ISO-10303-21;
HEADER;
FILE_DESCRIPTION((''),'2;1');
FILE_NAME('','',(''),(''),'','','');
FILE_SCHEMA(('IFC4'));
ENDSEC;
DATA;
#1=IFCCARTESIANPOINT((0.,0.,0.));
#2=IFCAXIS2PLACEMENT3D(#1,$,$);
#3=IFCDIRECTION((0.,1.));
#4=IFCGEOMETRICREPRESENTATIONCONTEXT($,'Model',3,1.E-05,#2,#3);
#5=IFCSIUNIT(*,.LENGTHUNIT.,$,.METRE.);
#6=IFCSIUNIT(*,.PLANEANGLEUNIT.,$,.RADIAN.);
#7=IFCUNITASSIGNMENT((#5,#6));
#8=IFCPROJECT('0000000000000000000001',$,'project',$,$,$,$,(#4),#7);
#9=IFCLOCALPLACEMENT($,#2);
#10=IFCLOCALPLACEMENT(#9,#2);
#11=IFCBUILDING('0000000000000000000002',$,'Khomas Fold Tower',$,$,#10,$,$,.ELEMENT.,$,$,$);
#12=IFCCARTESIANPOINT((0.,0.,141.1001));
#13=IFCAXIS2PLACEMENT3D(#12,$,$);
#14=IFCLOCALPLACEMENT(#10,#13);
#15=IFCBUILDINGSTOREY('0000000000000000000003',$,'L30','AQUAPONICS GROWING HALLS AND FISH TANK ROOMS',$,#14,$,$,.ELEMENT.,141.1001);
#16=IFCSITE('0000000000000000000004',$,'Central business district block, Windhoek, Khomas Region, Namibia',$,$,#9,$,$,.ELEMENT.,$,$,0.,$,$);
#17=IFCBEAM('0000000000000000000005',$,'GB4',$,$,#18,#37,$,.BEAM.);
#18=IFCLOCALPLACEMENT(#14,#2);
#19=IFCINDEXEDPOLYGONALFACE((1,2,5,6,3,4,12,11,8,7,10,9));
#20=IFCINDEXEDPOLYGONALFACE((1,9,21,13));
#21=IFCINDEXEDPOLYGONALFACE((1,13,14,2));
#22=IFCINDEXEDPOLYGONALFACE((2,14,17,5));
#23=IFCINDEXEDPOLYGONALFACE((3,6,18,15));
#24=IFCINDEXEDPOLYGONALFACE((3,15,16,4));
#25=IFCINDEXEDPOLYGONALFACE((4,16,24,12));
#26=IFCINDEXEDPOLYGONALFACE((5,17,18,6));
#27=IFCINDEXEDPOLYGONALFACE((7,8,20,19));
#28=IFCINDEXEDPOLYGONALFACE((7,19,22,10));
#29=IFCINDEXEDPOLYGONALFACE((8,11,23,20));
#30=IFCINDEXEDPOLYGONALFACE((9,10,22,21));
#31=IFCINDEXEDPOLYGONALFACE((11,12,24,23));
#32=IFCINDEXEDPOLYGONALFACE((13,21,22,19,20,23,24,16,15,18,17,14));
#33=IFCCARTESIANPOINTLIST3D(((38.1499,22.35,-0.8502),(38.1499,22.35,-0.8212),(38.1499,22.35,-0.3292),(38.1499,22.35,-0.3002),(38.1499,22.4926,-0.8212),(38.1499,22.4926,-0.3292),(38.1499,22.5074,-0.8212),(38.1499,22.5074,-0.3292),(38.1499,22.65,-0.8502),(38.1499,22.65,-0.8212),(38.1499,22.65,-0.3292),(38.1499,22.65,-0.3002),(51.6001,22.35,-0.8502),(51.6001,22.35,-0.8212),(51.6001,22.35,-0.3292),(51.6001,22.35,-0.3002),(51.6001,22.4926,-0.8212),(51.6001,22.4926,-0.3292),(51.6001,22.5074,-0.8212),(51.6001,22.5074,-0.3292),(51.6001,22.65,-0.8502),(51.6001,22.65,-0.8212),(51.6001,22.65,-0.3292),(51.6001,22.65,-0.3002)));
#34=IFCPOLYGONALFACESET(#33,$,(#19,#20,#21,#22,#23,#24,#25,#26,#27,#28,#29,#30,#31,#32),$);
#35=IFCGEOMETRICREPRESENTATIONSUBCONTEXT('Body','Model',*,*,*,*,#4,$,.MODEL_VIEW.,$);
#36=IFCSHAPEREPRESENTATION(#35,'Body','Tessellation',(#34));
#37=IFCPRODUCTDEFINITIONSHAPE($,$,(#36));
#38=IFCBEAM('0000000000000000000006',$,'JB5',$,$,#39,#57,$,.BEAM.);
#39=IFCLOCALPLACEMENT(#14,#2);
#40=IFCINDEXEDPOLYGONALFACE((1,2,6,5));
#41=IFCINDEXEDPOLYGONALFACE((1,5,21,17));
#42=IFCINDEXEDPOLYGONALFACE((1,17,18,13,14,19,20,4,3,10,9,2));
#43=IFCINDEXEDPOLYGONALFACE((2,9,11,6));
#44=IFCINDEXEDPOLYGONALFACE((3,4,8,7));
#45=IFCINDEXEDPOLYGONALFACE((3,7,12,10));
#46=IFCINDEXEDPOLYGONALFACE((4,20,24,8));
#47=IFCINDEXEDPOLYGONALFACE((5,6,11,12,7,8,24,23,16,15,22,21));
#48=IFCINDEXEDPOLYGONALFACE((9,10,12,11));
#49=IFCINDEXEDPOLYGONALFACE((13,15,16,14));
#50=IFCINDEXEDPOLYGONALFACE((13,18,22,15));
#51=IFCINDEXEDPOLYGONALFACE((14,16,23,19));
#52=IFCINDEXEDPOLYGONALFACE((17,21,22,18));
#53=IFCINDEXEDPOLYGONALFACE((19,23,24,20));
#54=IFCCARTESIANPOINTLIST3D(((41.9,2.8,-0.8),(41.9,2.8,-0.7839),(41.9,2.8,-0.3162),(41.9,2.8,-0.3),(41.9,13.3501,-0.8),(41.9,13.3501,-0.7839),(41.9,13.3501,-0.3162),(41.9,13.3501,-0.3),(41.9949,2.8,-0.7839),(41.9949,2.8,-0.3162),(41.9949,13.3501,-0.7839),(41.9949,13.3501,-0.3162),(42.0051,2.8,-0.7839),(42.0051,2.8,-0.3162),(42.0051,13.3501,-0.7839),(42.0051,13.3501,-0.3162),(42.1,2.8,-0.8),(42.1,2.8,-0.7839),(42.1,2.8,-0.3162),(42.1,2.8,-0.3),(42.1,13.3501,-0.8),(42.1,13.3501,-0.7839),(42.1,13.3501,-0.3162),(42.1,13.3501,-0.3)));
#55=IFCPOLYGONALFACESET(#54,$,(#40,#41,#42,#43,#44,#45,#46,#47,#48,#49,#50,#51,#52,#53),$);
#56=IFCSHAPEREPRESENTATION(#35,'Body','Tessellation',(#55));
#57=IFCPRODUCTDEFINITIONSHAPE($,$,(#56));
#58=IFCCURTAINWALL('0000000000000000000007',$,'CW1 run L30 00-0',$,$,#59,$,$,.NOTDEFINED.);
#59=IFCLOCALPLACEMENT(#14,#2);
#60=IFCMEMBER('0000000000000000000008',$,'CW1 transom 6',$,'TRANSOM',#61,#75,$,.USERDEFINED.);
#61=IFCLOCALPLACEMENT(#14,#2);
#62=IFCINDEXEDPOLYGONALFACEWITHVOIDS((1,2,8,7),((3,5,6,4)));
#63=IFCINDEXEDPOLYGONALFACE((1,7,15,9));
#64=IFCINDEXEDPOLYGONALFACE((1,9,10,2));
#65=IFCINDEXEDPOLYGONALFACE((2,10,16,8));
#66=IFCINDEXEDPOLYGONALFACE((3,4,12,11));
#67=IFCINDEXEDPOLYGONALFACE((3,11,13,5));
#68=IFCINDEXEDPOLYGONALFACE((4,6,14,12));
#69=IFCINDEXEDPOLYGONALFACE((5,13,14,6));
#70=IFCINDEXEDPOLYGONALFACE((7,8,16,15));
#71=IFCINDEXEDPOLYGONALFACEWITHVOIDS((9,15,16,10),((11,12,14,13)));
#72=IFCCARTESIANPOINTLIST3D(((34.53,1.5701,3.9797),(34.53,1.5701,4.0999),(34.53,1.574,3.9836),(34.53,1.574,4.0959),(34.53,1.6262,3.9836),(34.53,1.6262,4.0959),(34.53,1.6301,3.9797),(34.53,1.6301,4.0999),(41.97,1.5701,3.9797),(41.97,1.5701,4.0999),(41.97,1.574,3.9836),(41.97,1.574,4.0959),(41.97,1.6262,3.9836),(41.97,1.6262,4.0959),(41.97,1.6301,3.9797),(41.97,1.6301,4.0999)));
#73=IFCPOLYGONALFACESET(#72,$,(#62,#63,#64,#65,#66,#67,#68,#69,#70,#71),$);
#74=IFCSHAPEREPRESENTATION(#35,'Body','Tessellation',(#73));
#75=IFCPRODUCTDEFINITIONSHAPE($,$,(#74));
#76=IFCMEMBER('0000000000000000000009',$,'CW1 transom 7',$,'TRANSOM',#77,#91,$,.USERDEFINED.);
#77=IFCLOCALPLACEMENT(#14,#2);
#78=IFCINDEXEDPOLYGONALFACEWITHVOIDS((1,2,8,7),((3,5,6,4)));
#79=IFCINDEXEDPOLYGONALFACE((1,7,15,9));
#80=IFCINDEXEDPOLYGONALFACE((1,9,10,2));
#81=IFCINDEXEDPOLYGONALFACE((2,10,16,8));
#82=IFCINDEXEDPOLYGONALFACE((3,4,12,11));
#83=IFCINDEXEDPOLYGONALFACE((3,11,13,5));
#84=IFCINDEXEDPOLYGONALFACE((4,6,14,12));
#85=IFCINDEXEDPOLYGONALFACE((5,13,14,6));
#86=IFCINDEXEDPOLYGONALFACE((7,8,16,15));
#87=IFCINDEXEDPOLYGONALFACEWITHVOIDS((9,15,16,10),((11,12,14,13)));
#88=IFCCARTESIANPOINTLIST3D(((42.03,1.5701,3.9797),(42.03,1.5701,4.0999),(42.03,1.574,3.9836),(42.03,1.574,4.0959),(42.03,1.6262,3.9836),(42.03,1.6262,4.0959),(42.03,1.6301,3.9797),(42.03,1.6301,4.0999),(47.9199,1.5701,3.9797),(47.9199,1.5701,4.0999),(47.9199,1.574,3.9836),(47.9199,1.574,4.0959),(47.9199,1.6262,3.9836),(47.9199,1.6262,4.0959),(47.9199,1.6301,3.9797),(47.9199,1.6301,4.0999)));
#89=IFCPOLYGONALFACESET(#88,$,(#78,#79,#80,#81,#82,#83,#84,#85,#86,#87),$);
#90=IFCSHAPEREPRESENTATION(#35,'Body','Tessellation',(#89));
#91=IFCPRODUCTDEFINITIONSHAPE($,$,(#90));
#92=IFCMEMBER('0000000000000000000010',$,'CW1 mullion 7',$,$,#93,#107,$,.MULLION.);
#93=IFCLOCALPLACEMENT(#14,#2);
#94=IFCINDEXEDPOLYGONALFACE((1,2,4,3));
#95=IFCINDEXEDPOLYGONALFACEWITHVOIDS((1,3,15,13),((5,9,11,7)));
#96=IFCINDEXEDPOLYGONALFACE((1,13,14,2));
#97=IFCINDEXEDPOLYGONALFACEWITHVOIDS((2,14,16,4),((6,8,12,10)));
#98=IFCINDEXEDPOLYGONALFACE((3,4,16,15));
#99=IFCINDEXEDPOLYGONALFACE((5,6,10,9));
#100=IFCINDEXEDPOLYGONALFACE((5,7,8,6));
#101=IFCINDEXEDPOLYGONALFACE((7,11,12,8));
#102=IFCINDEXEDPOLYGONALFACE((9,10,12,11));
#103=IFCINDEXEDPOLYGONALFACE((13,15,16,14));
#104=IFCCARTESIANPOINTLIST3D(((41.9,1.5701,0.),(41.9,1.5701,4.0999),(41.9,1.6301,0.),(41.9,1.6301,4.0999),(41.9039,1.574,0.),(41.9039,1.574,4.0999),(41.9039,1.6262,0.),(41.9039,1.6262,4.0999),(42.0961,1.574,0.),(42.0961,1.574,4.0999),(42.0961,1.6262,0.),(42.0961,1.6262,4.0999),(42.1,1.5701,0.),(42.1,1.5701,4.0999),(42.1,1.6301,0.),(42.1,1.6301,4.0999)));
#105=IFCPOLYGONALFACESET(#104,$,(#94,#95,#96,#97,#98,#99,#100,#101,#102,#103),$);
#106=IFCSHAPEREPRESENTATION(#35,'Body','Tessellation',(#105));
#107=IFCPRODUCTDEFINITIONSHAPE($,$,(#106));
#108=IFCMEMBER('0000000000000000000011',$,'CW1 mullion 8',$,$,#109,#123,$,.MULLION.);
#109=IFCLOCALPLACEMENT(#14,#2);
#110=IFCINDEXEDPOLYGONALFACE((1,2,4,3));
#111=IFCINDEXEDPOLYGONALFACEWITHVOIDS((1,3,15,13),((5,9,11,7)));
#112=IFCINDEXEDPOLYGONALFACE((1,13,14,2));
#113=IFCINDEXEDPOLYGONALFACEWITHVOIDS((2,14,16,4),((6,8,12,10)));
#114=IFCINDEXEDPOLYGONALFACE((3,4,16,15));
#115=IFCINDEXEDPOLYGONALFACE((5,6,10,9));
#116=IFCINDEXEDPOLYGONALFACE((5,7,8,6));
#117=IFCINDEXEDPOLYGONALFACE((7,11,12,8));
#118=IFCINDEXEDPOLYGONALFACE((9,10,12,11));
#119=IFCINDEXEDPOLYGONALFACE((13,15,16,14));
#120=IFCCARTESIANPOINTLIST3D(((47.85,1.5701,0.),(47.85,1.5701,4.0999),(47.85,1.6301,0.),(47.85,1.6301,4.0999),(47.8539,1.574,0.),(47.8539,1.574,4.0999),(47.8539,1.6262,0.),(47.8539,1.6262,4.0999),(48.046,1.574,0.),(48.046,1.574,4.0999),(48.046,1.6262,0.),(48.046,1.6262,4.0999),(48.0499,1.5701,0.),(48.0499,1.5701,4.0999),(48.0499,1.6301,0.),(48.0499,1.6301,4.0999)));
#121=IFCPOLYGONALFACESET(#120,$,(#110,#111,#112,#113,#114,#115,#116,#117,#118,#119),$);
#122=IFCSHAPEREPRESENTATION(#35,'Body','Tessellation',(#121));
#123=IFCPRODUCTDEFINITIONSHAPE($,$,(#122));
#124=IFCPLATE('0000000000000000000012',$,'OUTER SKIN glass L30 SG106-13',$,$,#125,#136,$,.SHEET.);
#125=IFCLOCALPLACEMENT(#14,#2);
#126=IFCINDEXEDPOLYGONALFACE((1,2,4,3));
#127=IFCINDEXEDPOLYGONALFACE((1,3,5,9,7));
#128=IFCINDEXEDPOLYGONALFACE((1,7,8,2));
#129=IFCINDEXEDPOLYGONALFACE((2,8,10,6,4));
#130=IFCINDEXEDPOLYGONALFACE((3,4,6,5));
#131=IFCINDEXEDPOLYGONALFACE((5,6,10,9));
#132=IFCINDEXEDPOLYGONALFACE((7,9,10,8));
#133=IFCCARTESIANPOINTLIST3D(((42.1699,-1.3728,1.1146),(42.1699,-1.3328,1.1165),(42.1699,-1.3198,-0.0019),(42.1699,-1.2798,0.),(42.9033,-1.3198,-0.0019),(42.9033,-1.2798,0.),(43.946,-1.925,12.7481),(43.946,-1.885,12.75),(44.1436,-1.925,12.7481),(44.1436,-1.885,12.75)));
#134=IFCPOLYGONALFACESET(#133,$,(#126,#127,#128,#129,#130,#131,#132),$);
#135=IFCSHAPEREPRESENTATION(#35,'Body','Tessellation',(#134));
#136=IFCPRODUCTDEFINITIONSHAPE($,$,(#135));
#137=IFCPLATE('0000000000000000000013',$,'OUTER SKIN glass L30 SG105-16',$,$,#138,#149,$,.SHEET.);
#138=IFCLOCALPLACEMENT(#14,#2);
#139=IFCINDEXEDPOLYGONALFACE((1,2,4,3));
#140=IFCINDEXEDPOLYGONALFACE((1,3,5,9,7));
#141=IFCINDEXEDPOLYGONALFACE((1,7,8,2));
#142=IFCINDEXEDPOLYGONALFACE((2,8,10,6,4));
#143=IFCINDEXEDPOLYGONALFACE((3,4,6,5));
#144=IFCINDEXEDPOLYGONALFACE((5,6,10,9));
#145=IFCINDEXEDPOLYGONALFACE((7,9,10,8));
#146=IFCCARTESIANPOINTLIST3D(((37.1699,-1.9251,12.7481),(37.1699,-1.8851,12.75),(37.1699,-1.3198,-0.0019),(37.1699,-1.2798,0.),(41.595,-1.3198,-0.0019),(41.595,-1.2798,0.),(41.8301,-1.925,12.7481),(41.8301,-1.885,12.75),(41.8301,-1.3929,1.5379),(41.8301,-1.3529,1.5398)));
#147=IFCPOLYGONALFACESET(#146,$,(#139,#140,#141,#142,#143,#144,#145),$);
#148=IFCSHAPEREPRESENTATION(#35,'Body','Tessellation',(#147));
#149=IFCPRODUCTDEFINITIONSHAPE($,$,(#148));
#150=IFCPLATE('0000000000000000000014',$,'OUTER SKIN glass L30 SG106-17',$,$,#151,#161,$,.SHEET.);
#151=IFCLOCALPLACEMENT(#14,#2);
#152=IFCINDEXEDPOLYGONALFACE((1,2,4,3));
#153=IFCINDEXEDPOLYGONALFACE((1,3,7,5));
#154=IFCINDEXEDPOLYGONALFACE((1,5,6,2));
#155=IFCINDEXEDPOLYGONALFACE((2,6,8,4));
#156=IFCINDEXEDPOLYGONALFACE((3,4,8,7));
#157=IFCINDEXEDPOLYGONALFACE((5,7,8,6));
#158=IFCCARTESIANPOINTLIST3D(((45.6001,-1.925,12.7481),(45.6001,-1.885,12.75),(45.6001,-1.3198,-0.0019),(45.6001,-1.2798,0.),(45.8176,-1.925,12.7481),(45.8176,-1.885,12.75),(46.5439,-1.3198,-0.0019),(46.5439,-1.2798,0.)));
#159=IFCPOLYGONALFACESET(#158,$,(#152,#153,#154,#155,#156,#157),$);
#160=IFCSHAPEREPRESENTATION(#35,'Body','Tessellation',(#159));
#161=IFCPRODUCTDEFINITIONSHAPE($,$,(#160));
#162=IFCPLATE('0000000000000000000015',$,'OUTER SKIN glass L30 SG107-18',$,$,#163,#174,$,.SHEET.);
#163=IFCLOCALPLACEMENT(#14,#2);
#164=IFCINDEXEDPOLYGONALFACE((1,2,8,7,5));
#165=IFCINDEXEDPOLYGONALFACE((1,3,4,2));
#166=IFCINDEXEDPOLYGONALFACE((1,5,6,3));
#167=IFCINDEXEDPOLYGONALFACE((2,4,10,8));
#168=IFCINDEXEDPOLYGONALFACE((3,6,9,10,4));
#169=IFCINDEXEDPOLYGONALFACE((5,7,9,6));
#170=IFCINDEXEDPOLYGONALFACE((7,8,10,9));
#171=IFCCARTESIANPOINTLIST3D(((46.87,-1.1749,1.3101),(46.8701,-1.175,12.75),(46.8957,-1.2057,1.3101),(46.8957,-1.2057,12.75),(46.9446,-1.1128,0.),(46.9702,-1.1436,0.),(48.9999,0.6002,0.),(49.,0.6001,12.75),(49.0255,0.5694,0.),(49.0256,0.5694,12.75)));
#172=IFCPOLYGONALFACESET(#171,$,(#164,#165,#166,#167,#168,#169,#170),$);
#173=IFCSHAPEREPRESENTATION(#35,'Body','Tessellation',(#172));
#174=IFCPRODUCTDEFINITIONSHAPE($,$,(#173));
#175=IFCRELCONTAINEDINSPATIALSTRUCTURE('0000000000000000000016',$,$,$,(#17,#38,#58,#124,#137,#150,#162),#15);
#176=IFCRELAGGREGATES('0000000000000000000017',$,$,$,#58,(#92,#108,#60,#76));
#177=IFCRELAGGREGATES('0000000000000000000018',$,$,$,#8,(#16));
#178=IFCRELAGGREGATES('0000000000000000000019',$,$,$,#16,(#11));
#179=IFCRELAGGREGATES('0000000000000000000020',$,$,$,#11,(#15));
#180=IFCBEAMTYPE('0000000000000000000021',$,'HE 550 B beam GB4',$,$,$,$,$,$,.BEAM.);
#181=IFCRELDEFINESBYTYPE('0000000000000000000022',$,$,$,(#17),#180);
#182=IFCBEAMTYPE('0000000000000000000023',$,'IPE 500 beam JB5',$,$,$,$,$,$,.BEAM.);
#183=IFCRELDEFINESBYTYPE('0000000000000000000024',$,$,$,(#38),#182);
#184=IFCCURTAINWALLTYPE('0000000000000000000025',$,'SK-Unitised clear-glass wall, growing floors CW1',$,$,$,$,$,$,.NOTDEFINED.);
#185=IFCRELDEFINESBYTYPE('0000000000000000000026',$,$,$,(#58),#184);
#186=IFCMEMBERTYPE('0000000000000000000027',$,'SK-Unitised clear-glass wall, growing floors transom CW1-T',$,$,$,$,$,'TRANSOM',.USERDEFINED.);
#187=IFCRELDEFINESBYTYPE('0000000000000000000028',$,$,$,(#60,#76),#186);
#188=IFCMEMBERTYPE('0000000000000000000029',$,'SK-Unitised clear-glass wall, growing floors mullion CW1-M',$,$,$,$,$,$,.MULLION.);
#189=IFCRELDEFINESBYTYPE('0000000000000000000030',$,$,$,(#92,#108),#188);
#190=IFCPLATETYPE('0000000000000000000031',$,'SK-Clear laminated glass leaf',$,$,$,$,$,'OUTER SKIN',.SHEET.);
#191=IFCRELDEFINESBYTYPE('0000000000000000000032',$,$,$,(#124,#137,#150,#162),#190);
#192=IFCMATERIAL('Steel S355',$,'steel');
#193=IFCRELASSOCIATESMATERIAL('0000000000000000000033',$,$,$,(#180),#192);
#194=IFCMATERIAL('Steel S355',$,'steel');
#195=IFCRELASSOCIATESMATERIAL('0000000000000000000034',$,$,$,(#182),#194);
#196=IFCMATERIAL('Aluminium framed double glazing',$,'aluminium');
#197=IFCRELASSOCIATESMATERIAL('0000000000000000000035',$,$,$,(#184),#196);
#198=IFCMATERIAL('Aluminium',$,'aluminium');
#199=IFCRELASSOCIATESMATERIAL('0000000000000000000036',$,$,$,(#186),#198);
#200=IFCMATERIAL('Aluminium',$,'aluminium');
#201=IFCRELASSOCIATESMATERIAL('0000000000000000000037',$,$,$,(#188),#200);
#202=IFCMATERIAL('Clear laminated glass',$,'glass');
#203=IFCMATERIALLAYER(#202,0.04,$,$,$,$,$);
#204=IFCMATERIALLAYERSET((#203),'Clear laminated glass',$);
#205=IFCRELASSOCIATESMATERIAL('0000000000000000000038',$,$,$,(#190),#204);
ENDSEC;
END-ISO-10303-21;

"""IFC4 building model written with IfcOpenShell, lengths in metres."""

from ifc_helpers import new_model, si_unit, direction, frame, origin, origin_2d, place, context, subcontext, project, spatial, polyline, hollow_rectangle, i_section, outline, extrude, source, transform, mapped, material, layer, layer_set, material_profile, profile_set, type_object, element, aggregate, save


model = new_model("IFC4")

# Units and contexts
model_context = context("Model", 3, precision=1e-05, world=origin(), true_north=direction((0.0, 1.0)))
body_context = subcontext(model_context, "Body", "Model", "MODEL_VIEW")
ifc_project = project(units=[si_unit("LENGTHUNIT", "METRE"), si_unit("PLANEANGLEUNIT", "RADIAN")], contexts=[model_context])

# Site, building, storey
site_placement = place(None, origin())
site = spatial("IfcSite", under=ifc_project, at=site_placement, Name="Central business district block, Windhoek, Khomas Region, Namibia", CompositionType="ELEMENT", RefElevation=0.0)
building_placement = place(site_placement, origin())
building = spatial("IfcBuilding", under=site, at=building_placement, Name="Khomas Fold Tower", CompositionType="ELEMENT")
storey_placement = place(building_placement, frame((0.0, 0.0, 141.1001)))
storey = spatial("IfcBuildingStorey", under=building, at=storey_placement, Name="L30", Description="AQUAPONICS GROWING HALLS AND FISH TANK ROOMS", CompositionType="ELEMENT", Elevation=141.1001)

# Beams
ifc_material_1 = material(Name="Steel S355", Category="steel")
ifc_material_profile_1 = material_profile(ifc_material_1, i_section(OverallWidth=0.3, OverallDepth=0.55, WebThickness=0.0149, FlangeThickness=0.0291, at=origin_2d()), Name="HE 550 B")
ifc_profile_set_1 = profile_set([ifc_material_profile_1], Name="Steel S355")
beam_type_1 = type_object("IfcBeamType", Name="HE 550 B beam GB4", PredefinedType="BEAM", material=ifc_profile_set_1)
shared_shape_1 = source(origin(), body_context, "Body", "SweptSolid", [
    extrude(i_section(OverallWidth=0.3, OverallDepth=0.55, WebThickness=0.0149, FlangeThickness=0.0291, at=origin_2d()), origin(), (0.0, 0.0, 1.0), 13.4502),
])
for number, where, z_axis, x_axis, name in (
    (1, (38.1499, 22.5, -0.5752), (1.0, 0.0, 0.0), (0.0, 1.0, 0.0), "GB4"),
):
    element("IfcBeam", number, at=place(storey_placement, frame(where, z_axis=z_axis, x_axis=x_axis)), inside=storey, type_object=beam_type_1, Name=name, PredefinedType="BEAM", context=body_context, shape_type="MappedRepresentation", body=[
        mapped(shared_shape_1, transform((0.0, 0.0, 0.0))),
    ])
ifc_material_2 = material(Name="Steel S355", Category="steel")
ifc_material_profile_2 = material_profile(ifc_material_2, i_section(OverallWidth=0.2, OverallDepth=0.5, WebThickness=0.0103, FlangeThickness=0.0161, at=origin_2d()), Name="IPE 500")
ifc_profile_set_2 = profile_set([ifc_material_profile_2], Name="Steel S355")
beam_type_2 = type_object("IfcBeamType", Name="IPE 500 beam JB5", PredefinedType="BEAM", material=ifc_profile_set_2)
shared_shape_2 = source(origin(), body_context, "Body", "SweptSolid", [
    extrude(i_section(OverallWidth=0.2, OverallDepth=0.5, WebThickness=0.0103, FlangeThickness=0.0161, at=origin_2d()), origin(), (0.0, 0.0, 1.0), 10.55),
])
beam_1_placement = place(storey_placement, frame((42.0, 2.8, -0.55), z_axis=(0.0, 1.0, 0.0), x_axis=(-1.0, 0.0, 0.0)))
element("IfcBeam", 2, at=beam_1_placement, inside=storey, type_object=beam_type_2, Name="JB5", PredefinedType="BEAM", context=body_context, shape_type="MappedRepresentation", body=[
    mapped(shared_shape_2, transform((0.0, 0.0, 0.0))),
])

# Curtain wall, members
ifc_material_3 = material(Name="Aluminium framed double glazing", Category="aluminium")
curtain_wall_type = type_object("IfcCurtainWallType", Name="SK-Unitised clear-glass wall, growing floors CW1", PredefinedType="NOTDEFINED", material=ifc_material_3)
curtain_wall_placement = place(storey_placement, origin())
curtain_wall = element("IfcCurtainWall", 3, at=curtain_wall_placement, inside=storey, type_object=curtain_wall_type, Name="CW1 run L30 00-0", PredefinedType="NOTDEFINED")
ifc_material_4 = material(Name="Aluminium", Category="aluminium")
ifc_material_profile_3 = material_profile(ifc_material_4, hollow_rectangle(XDim=0.0601, YDim=0.1201, WallThickness=0.0039, at=origin_2d()), Name="SK-Unitised clear-glass wall, growing floors transom CW1-T")
ifc_profile_set_3 = profile_set([ifc_material_profile_3], Name="Aluminium")
member_type_1 = type_object("IfcMemberType", Name="SK-Unitised clear-glass wall, growing floors transom CW1-T", ElementType="TRANSOM", PredefinedType="USERDEFINED", material=ifc_profile_set_3)
shared_shape_3 = source(origin(), body_context, "Body", "SweptSolid", [
    extrude(hollow_rectangle(XDim=0.0601, YDim=0.1201, WallThickness=0.0039, at=origin_2d()), origin(), (0.0, 0.0, 1.0), 7.4399),
])
member_1_placement = place(storey_placement, frame((34.53, 1.6001, 4.0398), z_axis=(1.0, 0.0, 0.0), x_axis=(0.0, 1.0, 0.0)))
member_1 = element("IfcMember", 4, at=member_1_placement, type_object=member_type_1, Name="CW1 transom 6", ObjectType="TRANSOM", PredefinedType="USERDEFINED", context=body_context, shape_type="MappedRepresentation", body=[
    mapped(shared_shape_3, transform((0.0, 0.0, 0.0))),
])
shared_shape_4 = source(origin(), body_context, "Body", "SweptSolid", [
    extrude(hollow_rectangle(XDim=0.0601, YDim=0.1201, WallThickness=0.0039, at=origin_2d()), origin(), (0.0, 0.0, 1.0), 5.8899),
])
member_2_placement = place(storey_placement, frame((42.03, 1.6001, 4.0398), z_axis=(1.0, 0.0, 0.0), x_axis=(0.0, 1.0, 0.0)))
member_2 = element("IfcMember", 5, at=member_2_placement, type_object=member_type_1, Name="CW1 transom 7", ObjectType="TRANSOM", PredefinedType="USERDEFINED", context=body_context, shape_type="MappedRepresentation", body=[
    mapped(shared_shape_4, transform((0.0, 0.0, 0.0))),
])
ifc_material_5 = material(Name="Aluminium", Category="aluminium")
ifc_material_profile_4 = material_profile(ifc_material_5, hollow_rectangle(XDim=0.0601, YDim=0.2, WallThickness=0.0039, at=origin_2d()), Name="SK-Unitised clear-glass wall, growing floors mullion CW1-M")
ifc_profile_set_4 = profile_set([ifc_material_profile_4], Name="Aluminium")
member_type_2 = type_object("IfcMemberType", Name="SK-Unitised clear-glass wall, growing floors mullion CW1-M", PredefinedType="MULLION", material=ifc_profile_set_4)
shared_shape_5 = source(origin(), body_context, "Body", "SweptSolid", [
    extrude(hollow_rectangle(XDim=0.0601, YDim=0.2, WallThickness=0.0039, at=origin_2d()), origin(), (0.0, 0.0, 1.0), 4.0999),
])
member_3_placement = place(storey_placement, frame((42.0, 1.6001, 0.0), z_axis=(0.0, 0.0, 1.0), x_axis=(0.0, 1.0, 0.0)))
member_3 = element("IfcMember", 6, at=member_3_placement, type_object=member_type_2, Name="CW1 mullion 7", PredefinedType="MULLION", context=body_context, shape_type="MappedRepresentation", body=[
    mapped(shared_shape_5, transform((0.0, 0.0, 0.0))),
])
member_4_placement = place(storey_placement, frame((47.95, 1.6001, 0.0), z_axis=(0.0, 0.0, 1.0), x_axis=(0.0, 1.0, 0.0)))
member_4 = element("IfcMember", 7, at=member_4_placement, type_object=member_type_2, Name="CW1 mullion 8", PredefinedType="MULLION", context=body_context, shape_type="MappedRepresentation", body=[
    mapped(shared_shape_5, transform((0.0, 0.0, 0.0))),
])

# Plates
ifc_material_6 = material(Name="Clear laminated glass", Category="glass")
ifc_layer_1 = layer(ifc_material_6, 0.04)
ifc_layer_set_1 = layer_set([ifc_layer_1], Name="Clear laminated glass")
plate_type_1 = type_object("IfcPlateType", Name="SK-Clear laminated glass leaf", ElementType="OUTER SKIN", PredefinedType="SHEET", material=ifc_layer_set_1)
plate_1_placement = place(storey_placement, frame((42.9033, -1.2798, 0.0), z_axis=(0.000017, 0.998875, 0.047413), x_axis=(-1.0, 0.000017, 0.000001)))
element("IfcPlate", 8, at=plate_1_placement, inside=storey, type_object=plate_type_1, Name="OUTER SKIN glass L30 SG106-13", PredefinedType="SHEET", context=body_context, shape_type="SweptSolid", body=[
    extrude(outline(polyline([(0.0, 0.0), (0.7334, 0.0), (0.7334, 1.1177), (-1.0427, 12.7644), (-1.2402, 12.7644), (0.0, 0.0)])), origin(), (0.0, 0.0, -1.0), 0.04),
])
plate_2_placement = place(storey_placement, frame((41.595, -1.2798, 0.0), z_axis=(-0.00001, 0.998875, 0.047415), x_axis=(-1.0, -0.00001, 0.0)))
element("IfcPlate", 9, at=plate_2_placement, inside=storey, type_object=plate_type_1, Name="OUTER SKIN glass L30 SG105-16", PredefinedType="SHEET", context=body_context, shape_type="SweptSolid", body=[
    extrude(outline(polyline([(0.0, 0.0), (4.425, 0.0), (4.425, 12.7644), (-0.2351, 12.7644), (-0.2351, 1.5415), (0.0, 0.0)])), origin(), (0.0, 0.0, -1.0), 0.04),
])
plate_3_placement = place(storey_placement, frame((46.5439, -1.2798, 0.0), z_axis=(0.0, 0.998875, 0.047415), x_axis=(-1.0, 0.0, 0.0)))
element("IfcPlate", 10, at=plate_3_placement, inside=storey, type_object=plate_type_1, Name="OUTER SKIN glass L30 SG106-17", PredefinedType="SHEET", context=body_context, shape_type="SweptSolid", body=[
    extrude(outline(polyline([(0.0, 0.0), (0.9438, 0.0), (0.9438, 12.7644), (0.7263, 12.7644), (0.0, 0.0)])), origin(), (0.0, 0.0, -1.0), 0.04),
])
plate_4_placement = place(storey_placement, frame((46.9446, -1.1128, 0.0), z_axis=(-0.640234, 0.76818, 0.000006), x_axis=(-0.056753, -0.047308, 0.997267)))
element("IfcPlate", 11, at=plate_4_placement, inside=storey, type_object=plate_type_1, Name="OUTER SKIN glass L30 SG107-18", PredefinedType="SHEET", context=body_context, shape_type="SweptSolid", body=[
    extrude(outline(polyline([(0.0, 0.0), (1.3136, 0.0), (12.7223, 0.8452), (12.5175, 3.6103), (-0.1977, 2.6683), (0.0, 0.0)])), origin(), (0.0, 0.0, -1.0), 0.04),
])

aggregate(curtain_wall, [member_3, member_4, member_1, member_2])

save(model, "model.ifc")
